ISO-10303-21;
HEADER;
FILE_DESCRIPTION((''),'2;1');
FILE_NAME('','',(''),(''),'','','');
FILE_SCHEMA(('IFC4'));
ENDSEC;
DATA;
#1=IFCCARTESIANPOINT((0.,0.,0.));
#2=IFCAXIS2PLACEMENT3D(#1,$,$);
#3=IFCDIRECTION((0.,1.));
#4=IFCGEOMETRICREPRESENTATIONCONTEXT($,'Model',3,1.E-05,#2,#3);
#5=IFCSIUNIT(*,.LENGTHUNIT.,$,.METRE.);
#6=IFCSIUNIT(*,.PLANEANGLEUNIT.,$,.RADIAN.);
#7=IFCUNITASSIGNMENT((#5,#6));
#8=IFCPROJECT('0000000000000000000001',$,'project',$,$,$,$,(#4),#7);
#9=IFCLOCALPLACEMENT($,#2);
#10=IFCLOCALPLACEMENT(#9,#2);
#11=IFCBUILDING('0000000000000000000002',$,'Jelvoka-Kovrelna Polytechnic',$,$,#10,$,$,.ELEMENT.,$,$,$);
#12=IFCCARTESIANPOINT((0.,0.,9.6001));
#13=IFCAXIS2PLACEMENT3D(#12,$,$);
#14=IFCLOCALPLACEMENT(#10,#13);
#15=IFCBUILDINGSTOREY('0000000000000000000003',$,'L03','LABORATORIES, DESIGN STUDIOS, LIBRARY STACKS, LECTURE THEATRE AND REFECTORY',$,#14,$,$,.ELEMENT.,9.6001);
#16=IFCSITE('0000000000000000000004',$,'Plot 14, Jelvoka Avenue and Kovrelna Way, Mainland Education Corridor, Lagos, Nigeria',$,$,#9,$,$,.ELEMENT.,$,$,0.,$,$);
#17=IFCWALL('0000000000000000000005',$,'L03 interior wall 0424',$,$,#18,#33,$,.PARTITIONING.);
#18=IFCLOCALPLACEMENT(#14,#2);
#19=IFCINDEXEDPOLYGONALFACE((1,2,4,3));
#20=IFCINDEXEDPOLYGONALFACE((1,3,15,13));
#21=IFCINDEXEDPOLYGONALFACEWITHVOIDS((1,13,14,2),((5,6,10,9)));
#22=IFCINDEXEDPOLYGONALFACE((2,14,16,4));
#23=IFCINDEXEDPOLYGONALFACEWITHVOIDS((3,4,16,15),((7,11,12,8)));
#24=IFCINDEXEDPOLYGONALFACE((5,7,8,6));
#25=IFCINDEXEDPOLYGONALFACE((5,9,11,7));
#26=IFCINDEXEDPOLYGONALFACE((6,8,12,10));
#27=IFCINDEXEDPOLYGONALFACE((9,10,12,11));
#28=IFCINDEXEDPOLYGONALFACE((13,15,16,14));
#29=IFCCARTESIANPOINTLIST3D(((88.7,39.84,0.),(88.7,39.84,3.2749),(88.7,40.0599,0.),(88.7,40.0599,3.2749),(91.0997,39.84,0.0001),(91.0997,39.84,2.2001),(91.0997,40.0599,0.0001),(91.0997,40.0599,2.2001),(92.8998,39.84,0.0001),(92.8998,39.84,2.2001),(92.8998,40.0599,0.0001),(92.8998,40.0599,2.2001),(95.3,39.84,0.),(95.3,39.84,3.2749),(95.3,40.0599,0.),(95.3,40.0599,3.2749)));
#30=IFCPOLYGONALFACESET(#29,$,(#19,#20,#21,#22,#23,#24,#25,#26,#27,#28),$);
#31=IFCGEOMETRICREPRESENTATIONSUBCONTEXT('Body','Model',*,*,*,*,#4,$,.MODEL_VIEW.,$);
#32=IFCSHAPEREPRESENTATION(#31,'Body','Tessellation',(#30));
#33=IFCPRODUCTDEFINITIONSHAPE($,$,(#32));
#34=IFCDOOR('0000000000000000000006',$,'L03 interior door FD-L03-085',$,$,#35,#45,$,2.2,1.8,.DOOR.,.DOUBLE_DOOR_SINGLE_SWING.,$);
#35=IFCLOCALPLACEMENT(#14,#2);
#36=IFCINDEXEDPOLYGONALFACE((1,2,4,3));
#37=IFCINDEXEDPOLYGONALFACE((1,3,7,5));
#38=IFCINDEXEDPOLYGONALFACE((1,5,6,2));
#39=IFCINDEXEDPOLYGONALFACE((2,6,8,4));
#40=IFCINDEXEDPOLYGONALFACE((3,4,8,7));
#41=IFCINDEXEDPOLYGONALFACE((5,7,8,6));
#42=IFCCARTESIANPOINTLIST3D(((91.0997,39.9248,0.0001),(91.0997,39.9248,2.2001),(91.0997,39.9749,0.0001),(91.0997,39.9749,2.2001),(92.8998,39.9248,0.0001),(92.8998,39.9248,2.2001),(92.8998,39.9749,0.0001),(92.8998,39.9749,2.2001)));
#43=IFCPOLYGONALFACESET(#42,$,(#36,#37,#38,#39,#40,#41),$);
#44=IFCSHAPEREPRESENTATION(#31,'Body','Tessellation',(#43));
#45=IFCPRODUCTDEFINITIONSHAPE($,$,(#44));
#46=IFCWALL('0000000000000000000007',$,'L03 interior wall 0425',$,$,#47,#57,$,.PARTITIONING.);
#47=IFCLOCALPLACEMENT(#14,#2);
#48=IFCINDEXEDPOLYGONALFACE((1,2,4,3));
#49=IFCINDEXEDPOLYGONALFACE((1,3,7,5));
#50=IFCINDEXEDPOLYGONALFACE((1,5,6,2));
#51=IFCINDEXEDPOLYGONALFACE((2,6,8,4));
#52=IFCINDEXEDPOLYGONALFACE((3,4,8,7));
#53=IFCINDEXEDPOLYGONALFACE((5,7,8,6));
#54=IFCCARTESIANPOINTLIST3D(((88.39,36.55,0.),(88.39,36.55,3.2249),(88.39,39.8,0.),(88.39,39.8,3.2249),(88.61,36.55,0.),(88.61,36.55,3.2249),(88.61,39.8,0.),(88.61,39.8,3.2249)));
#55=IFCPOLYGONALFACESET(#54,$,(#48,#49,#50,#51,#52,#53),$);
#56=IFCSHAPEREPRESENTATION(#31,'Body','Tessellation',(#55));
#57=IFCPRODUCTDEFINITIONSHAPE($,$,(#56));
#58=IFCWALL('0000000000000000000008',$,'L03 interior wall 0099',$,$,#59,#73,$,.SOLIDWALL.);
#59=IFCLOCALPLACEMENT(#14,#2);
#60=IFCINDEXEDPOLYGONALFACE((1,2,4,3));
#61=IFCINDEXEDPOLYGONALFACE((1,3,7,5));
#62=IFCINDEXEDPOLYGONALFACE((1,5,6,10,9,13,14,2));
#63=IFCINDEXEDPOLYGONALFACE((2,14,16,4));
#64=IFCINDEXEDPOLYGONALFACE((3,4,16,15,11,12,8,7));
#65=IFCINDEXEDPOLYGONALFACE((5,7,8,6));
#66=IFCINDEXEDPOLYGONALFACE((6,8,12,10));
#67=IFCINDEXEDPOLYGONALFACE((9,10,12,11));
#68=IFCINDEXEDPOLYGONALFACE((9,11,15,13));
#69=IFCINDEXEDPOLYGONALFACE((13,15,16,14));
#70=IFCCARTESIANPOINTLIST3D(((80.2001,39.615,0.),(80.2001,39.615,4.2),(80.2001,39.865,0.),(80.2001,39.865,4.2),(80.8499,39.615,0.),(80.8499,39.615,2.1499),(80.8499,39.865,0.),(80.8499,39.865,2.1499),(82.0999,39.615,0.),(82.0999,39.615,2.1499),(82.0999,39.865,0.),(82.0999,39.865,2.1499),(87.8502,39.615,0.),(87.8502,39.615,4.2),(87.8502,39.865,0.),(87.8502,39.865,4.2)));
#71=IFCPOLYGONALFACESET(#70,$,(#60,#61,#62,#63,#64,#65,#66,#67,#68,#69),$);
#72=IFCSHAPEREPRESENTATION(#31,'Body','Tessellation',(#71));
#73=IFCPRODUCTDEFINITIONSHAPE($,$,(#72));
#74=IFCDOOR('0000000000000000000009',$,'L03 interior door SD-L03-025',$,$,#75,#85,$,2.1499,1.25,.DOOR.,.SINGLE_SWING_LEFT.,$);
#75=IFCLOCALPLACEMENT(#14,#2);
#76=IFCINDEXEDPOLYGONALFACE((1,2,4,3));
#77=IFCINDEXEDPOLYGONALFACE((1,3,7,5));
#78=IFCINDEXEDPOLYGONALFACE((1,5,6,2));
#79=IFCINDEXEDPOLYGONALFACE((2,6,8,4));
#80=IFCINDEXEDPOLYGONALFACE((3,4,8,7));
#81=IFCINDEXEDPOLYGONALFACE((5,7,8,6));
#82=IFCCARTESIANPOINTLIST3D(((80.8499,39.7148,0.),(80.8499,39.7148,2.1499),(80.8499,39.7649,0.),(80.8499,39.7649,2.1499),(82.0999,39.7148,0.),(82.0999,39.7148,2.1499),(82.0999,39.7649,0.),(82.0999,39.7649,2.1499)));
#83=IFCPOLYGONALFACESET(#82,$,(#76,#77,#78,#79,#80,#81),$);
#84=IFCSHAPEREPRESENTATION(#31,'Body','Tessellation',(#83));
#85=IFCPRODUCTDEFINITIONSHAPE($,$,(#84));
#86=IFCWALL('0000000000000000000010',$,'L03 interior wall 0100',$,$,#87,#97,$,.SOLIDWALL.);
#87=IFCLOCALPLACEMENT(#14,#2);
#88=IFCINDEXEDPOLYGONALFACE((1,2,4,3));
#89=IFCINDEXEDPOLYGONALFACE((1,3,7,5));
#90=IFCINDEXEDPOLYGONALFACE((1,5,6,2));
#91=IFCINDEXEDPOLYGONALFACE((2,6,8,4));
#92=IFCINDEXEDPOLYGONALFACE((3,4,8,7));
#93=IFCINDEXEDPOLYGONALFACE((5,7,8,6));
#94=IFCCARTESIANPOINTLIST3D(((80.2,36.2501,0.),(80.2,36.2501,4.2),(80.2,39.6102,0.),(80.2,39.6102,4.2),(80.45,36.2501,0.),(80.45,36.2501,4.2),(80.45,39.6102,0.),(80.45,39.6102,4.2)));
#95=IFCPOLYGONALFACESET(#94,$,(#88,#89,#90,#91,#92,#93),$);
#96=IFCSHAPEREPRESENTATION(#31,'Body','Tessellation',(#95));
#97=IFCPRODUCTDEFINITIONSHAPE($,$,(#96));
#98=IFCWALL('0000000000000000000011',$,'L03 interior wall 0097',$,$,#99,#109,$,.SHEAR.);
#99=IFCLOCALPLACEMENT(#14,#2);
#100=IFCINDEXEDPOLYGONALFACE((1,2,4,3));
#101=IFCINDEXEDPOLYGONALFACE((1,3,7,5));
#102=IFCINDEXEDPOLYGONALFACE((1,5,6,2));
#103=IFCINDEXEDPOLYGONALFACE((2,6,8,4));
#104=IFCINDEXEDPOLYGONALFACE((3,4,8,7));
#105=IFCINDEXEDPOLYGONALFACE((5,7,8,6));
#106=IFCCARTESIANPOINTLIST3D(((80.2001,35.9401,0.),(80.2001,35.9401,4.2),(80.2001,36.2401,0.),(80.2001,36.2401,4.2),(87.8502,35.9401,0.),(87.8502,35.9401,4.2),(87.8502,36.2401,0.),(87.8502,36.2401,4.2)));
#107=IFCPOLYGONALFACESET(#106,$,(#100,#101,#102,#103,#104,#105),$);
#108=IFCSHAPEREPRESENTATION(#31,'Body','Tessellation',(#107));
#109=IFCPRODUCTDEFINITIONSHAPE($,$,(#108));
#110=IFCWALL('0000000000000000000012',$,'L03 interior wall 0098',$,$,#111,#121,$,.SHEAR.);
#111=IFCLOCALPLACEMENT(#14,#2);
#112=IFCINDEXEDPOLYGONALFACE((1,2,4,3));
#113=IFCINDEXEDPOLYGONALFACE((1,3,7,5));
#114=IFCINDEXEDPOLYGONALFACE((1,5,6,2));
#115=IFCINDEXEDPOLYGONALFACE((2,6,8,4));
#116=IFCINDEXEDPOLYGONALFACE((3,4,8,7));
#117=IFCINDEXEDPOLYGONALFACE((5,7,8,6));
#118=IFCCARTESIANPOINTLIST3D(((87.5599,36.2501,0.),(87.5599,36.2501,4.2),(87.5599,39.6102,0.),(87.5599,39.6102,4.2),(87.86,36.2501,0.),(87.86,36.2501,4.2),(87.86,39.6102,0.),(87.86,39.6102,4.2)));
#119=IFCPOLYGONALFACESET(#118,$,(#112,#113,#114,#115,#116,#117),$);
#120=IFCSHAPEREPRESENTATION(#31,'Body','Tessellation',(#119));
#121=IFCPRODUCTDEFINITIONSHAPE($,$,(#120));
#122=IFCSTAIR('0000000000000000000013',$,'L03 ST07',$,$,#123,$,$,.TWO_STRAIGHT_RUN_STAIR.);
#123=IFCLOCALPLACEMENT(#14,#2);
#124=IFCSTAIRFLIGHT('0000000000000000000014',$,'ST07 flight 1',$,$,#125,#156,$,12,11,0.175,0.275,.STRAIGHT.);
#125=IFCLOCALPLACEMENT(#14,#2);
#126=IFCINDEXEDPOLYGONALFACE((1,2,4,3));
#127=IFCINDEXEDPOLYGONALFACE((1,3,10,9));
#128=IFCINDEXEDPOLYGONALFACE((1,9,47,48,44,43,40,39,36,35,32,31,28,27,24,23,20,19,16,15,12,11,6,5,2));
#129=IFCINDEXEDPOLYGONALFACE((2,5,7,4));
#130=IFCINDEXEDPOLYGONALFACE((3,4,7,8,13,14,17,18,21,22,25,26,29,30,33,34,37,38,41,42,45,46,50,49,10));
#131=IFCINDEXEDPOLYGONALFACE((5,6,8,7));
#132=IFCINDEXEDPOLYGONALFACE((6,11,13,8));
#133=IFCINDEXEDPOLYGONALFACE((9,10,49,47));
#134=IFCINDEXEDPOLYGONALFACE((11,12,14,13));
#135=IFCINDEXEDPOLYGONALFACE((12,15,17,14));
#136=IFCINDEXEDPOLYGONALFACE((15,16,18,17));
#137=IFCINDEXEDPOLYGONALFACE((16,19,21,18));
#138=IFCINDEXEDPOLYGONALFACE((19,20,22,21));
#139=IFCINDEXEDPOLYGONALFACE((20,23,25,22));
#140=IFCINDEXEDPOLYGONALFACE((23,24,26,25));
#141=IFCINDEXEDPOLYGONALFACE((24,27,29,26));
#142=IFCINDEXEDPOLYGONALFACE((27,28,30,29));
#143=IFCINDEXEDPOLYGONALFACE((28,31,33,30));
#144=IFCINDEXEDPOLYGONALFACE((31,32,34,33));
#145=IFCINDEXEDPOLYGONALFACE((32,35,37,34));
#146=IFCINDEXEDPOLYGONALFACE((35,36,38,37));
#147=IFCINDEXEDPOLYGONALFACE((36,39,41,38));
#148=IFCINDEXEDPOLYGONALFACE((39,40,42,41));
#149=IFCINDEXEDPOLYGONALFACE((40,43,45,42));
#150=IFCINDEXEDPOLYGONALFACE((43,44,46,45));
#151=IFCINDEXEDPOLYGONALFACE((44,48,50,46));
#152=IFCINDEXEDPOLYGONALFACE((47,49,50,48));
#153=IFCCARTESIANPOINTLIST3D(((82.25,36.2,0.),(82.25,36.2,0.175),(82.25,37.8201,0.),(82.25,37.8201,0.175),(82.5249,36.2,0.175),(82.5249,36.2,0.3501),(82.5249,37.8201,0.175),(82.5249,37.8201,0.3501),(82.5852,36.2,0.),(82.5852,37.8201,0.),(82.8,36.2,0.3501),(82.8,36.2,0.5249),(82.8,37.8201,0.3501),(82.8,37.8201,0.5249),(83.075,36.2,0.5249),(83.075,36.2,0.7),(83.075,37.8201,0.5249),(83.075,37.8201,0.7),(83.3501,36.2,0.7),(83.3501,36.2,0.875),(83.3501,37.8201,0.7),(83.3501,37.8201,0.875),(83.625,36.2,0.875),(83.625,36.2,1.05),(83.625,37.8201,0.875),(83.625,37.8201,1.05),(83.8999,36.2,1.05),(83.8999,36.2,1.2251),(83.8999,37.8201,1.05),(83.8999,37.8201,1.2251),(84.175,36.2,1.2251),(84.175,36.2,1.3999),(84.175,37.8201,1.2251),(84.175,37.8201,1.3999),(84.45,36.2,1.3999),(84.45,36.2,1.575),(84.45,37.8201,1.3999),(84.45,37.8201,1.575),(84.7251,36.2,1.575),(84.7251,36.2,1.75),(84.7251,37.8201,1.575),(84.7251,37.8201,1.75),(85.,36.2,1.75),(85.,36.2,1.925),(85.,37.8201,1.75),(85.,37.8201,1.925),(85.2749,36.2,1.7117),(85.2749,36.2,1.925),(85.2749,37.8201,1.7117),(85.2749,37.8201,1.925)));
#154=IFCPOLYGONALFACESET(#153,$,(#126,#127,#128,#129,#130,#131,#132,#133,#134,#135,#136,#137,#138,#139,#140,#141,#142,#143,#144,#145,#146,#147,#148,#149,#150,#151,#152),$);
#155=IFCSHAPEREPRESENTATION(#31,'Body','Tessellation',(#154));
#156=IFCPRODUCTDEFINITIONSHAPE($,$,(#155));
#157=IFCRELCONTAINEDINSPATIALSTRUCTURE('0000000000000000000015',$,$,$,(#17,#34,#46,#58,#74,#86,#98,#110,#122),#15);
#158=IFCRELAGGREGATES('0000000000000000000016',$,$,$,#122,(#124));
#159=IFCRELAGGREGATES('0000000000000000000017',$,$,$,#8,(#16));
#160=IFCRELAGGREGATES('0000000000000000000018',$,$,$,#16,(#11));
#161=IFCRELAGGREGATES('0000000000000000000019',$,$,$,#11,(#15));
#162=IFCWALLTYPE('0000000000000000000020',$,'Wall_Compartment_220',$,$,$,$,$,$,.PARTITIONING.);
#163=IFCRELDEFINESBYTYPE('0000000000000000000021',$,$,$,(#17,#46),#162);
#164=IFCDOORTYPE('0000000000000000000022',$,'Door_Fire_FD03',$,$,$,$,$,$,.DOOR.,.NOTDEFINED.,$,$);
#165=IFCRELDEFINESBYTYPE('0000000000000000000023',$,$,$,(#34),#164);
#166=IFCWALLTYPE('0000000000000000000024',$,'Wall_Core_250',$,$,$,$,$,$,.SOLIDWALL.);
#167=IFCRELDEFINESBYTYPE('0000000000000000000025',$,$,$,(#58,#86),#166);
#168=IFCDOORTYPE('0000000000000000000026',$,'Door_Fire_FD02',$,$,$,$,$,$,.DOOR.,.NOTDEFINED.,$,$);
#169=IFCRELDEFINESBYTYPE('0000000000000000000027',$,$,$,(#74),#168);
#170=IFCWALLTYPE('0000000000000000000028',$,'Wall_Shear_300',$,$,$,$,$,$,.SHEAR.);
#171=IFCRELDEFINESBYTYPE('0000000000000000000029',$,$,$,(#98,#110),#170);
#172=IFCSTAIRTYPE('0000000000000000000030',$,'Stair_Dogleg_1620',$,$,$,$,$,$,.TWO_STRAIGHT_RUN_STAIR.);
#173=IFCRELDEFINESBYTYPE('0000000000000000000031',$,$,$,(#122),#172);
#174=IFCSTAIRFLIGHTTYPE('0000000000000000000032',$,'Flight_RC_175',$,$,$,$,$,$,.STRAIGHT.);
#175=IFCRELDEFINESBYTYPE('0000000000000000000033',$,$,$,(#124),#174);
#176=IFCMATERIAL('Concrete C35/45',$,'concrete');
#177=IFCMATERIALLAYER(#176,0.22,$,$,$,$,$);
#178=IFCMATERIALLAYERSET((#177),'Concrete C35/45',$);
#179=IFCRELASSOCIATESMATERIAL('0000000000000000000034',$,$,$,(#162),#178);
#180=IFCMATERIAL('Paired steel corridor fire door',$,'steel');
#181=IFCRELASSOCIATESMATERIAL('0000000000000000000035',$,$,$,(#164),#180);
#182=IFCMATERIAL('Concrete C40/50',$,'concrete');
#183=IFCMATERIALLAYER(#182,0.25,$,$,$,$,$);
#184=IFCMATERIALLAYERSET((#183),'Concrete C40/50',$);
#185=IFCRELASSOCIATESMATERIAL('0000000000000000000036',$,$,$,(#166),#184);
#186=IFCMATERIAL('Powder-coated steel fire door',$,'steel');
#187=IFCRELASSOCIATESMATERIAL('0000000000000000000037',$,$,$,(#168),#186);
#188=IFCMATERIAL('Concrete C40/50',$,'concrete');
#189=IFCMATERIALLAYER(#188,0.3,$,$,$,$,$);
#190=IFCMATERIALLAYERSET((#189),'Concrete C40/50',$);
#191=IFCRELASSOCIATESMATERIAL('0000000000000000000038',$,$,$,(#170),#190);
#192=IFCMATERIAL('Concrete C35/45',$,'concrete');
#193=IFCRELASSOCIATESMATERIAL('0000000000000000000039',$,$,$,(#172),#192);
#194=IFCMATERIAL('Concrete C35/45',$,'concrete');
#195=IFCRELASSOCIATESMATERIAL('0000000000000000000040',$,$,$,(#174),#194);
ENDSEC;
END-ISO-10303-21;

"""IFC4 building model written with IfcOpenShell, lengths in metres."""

from ifc_helpers import new_model, si_unit, direction, frame, frame_2d, origin, place, context, subcontext, project, spatial, polyline, rectangle, outline, extrude, material, layer, layer_set, type_object, element, fill, aggregate, save


model = new_model("IFC4")

# Units and contexts
model_context = context("Model", 3, precision=1e-05, world=origin(), true_north=direction((0.0, 1.0)))
body_context = subcontext(model_context, "Body", "Model", "MODEL_VIEW")
ifc_project = project(units=[si_unit("LENGTHUNIT", "METRE"), si_unit("PLANEANGLEUNIT", "RADIAN")], contexts=[model_context])

# Site, building, storey
site_placement = place(None, origin())
site = spatial("IfcSite", under=ifc_project, at=site_placement, Name="Plot 14, Jelvoka Avenue and Kovrelna Way, Mainland Education Corridor, Lagos, Nigeria", CompositionType="ELEMENT", RefElevation=0.0)
building_placement = place(site_placement, origin())
building = spatial("IfcBuilding", under=site, at=building_placement, Name="Jelvoka-Kovrelna Polytechnic", CompositionType="ELEMENT")
storey_placement = place(building_placement, frame((0.0, 0.0, 9.6001)))
storey = spatial("IfcBuildingStorey", under=building, at=storey_placement, Name="L03", Description="LABORATORIES, DESIGN STUDIOS, LIBRARY STACKS, LECTURE THEATRE AND REFECTORY", CompositionType="ELEMENT", Elevation=9.6001)

# Wall, opening, door
ifc_material_1 = material(Name="Concrete C35/45", Category="concrete")
ifc_layer_1 = layer(ifc_material_1, 0.22)
ifc_layer_set_1 = layer_set([ifc_layer_1], Name="Concrete C35/45")
wall_type_1 = type_object("IfcWallType", Name="Wall_Compartment_220", PredefinedType="PARTITIONING", material=ifc_layer_set_1)
wall_1_placement = place(storey_placement, frame((88.7, 39.95, 0.0), z_axis=(0.0, 0.0, 1.0), x_axis=(1.0, 0.0, 0.0)))
wall_1 = element("IfcWall", 1, at=wall_1_placement, inside=storey, type_object=wall_type_1, Name="L03 interior wall 0424", PredefinedType="PARTITIONING", context=body_context, shape_type="SweptSolid", body=[
    extrude(rectangle(XDim=6.6001, YDim=0.22, at=frame_2d((3.3, 0.0))), origin(), (0.0, 0.0, 1.0), 3.2749),
])
opening_1_placement = place(wall_1_placement, frame((2.3999, 0.0, 0.0)))
opening_1 = element("IfcOpeningElement", 2, at=opening_1_placement, cuts=wall_1, PredefinedType="OPENING", context=body_context, shape_type="SweptSolid", body=[
    extrude(rectangle(XDim=1.8, YDim=2.2, at=frame_2d((0.8999, 1.1001))), frame((0.0, 0.1199, 0.0), z_axis=(0.0, -1.0, 0.0), x_axis=(1.0, 0.0, 0.0)), (0.0, 0.0, 1.0), 0.24),
])
ifc_material_2 = material(Name="Paired steel corridor fire door", Category="steel")
door_type_1 = type_object("IfcDoorType", Name="Door_Fire_FD03", OperationType="NOTDEFINED", PredefinedType="DOOR", material=ifc_material_2)
door_1_placement = place(opening_1_placement, origin())
door_1 = element("IfcDoor", 3, at=door_1_placement, inside=storey, type_object=door_type_1, Name="L03 interior door FD-L03-085", OperationType="DOUBLE_DOOR_SINGLE_SWING", OverallHeight=2.2, OverallWidth=1.8, PredefinedType="DOOR", context=body_context, shape_type="SweptSolid", body=[
    extrude(rectangle(XDim=1.8, YDim=2.2, at=frame_2d((0.8999, 1.1001))), frame((0.0, 0.0249, 0.0), z_axis=(0.0, -1.0, 0.0), x_axis=(1.0, 0.0, 0.0)), (0.0, 0.0, 1.0), 0.05),
])
fill(opening_1, door_1)

# Wall
wall_2_placement = place(storey_placement, frame((88.5, 36.55, 0.0), z_axis=(0.0, 0.0, 1.0), x_axis=(0.0, 1.0, 0.0)))
element("IfcWall", 4, at=wall_2_placement, inside=storey, type_object=wall_type_1, Name="L03 interior wall 0425", PredefinedType="PARTITIONING", context=body_context, shape_type="SweptSolid", body=[
    extrude(rectangle(XDim=3.25, YDim=0.22, at=frame_2d((1.625, 0.0))), origin(), (0.0, 0.0, 1.0), 3.2249),
])

# Wall, opening, door
ifc_material_3 = material(Name="Concrete C40/50", Category="concrete")
ifc_layer_2 = layer(ifc_material_3, 0.25)
ifc_layer_set_2 = layer_set([ifc_layer_2], Name="Concrete C40/50")
wall_type_2 = type_object("IfcWallType", Name="Wall_Core_250", PredefinedType="SOLIDWALL", material=ifc_layer_set_2)
wall_3_placement = place(storey_placement, frame((80.2, 39.74, 0.0), z_axis=(0.0, 0.0, 1.0), x_axis=(1.0, 0.0, 0.0)))
wall_3 = element("IfcWall", 5, at=wall_3_placement, inside=storey, type_object=wall_type_2, Name="L03 interior wall 0099", PredefinedType="SOLIDWALL", context=body_context, shape_type="SweptSolid", body=[
    extrude(rectangle(XDim=7.6501, YDim=0.25, at=frame_2d((3.8252, 0.0))), origin(), (0.0, 0.0, 1.0), 4.2),
])
opening_2_placement = place(wall_3_placement, frame((0.6499, 0.0, 0.0)))
opening_2 = element("IfcOpeningElement", 6, at=opening_2_placement, cuts=wall_3, PredefinedType="OPENING", context=body_context, shape_type="SweptSolid", body=[
    extrude(rectangle(XDim=1.25, YDim=2.1499, at=frame_2d((0.625, 1.075))), frame((0.0, 0.135, 0.0), z_axis=(0.0, -1.0, 0.0), x_axis=(1.0, 0.0, 0.0)), (0.0, 0.0, 1.0), 0.27),
])
ifc_material_4 = material(Name="Powder-coated steel fire door", Category="steel")
door_type_2 = type_object("IfcDoorType", Name="Door_Fire_FD02", OperationType="NOTDEFINED", PredefinedType="DOOR", material=ifc_material_4)
door_2_placement = place(opening_2_placement, origin())
door_2 = element("IfcDoor", 7, at=door_2_placement, inside=storey, type_object=door_type_2, Name="L03 interior door SD-L03-025", OperationType="SINGLE_SWING_LEFT", OverallHeight=2.1499, OverallWidth=1.25, PredefinedType="DOOR", context=body_context, shape_type="SweptSolid", body=[
    extrude(rectangle(XDim=1.25, YDim=2.1499, at=frame_2d((0.625, 1.075))), frame((0.0, 0.0249, 0.0), z_axis=(0.0, -1.0, 0.0), x_axis=(1.0, 0.0, 0.0)), (0.0, 0.0, 1.0), 0.05),
])
fill(opening_2, door_2)

# Wall
wall_4_placement = place(storey_placement, frame((80.325, 36.25, 0.0), z_axis=(0.0, 0.0, 1.0), x_axis=(0.0, 1.0, 0.0)))
element("IfcWall", 8, at=wall_4_placement, inside=storey, type_object=wall_type_2, Name="L03 interior wall 0100", PredefinedType="SOLIDWALL", context=body_context, shape_type="SweptSolid", body=[
    extrude(rectangle(XDim=3.3601, YDim=0.25, at=frame_2d((1.6802, 0.0))), origin(), (0.0, 0.0, 1.0), 4.2),
])

# Walls
ifc_material_5 = material(Name="Concrete C40/50", Category="concrete")
ifc_layer_3 = layer(ifc_material_5, 0.3)
ifc_layer_set_3 = layer_set([ifc_layer_3], Name="Concrete C40/50")
wall_type_3 = type_object("IfcWallType", Name="Wall_Shear_300", PredefinedType="SHEAR", material=ifc_layer_set_3)
wall_5_placement = place(storey_placement, frame((80.2, 36.0901, 0.0), z_axis=(0.0, 0.0, 1.0), x_axis=(1.0, 0.0, 0.0)))
element("IfcWall", 9, at=wall_5_placement, inside=storey, type_object=wall_type_3, Name="L03 interior wall 0097", PredefinedType="SHEAR", context=body_context, shape_type="SweptSolid", body=[
    extrude(rectangle(XDim=7.6501, YDim=0.3, at=frame_2d((3.8252, 0.0))), origin(), (0.0, 0.0, 1.0), 4.2),
])
wall_6_placement = place(storey_placement, frame((87.71, 36.25, 0.0), z_axis=(0.0, 0.0, 1.0), x_axis=(0.0, 1.0, 0.0)))
element("IfcWall", 10, at=wall_6_placement, inside=storey, type_object=wall_type_3, Name="L03 interior wall 0098", PredefinedType="SHEAR", context=body_context, shape_type="SweptSolid", body=[
    extrude(rectangle(XDim=3.3601, YDim=0.3, at=frame_2d((1.6802, 0.0))), origin(), (0.0, 0.0, 1.0), 4.2),
])

# Stair, stair flight
ifc_material_6 = material(Name="Concrete C35/45", Category="concrete")
stair_type = type_object("IfcStairType", Name="Stair_Dogleg_1620", PredefinedType="TWO_STRAIGHT_RUN_STAIR", material=ifc_material_6)
stair_placement = place(storey_placement, origin())
stair = element("IfcStair", 11, at=stair_placement, inside=storey, type_object=stair_type, Name="L03 ST07", PredefinedType="TWO_STRAIGHT_RUN_STAIR")
ifc_material_7 = material(Name="Concrete C35/45", Category="concrete")
stair_flight_type = type_object("IfcStairFlightType", Name="Flight_RC_175", PredefinedType="STRAIGHT", material=ifc_material_7)
stair_flight_1_placement = place(storey_placement, frame((82.25, 37.01, 0.0), z_axis=(0.0, 0.0, 1.0), x_axis=(1.0, 0.0, 0.0)))
stair_flight_1 = element("IfcStairFlight", 12, at=stair_flight_1_placement, type_object=stair_flight_type, Name="ST07 flight 1", NumberOfRisers=12, NumberOfTreads=11, PredefinedType="STRAIGHT", RiserHeight=0.175, TreadLength=0.275, context=body_context, shape_type="SweptSolid", body=[
    extrude(outline(polyline([(0.0, 0.0), (0.0, 0.175), (0.2749, 0.175), (0.2749, 0.3501), (0.55, 0.3501), (0.55, 0.5249), (0.825, 0.5249), (0.825, 0.7), (1.1001, 0.7), (1.1001, 0.875), (1.375, 0.875), (1.375, 1.05), (1.6499, 1.05), (1.6499, 1.2251), (1.925, 1.2251), (1.925, 1.3999), (2.2, 1.3999), (2.2, 1.575), (2.4751, 1.575), (2.4751, 1.75), (2.75, 1.75), (2.75, 1.925), (3.0249, 1.925), (3.0249, 2.1001), (3.0249, 1.7117), (0.3352, 0.0), (0.0, 0.0)])), frame((0.0, 0.8101, 0.0), z_axis=(0.0, -1.0, 0.0), x_axis=(1.0, 0.0, 0.0)), (0.0, 0.0, 1.0), 1.6201),
])
aggregate(stair, [stair_flight_1])

save(model, "model.ifc")
